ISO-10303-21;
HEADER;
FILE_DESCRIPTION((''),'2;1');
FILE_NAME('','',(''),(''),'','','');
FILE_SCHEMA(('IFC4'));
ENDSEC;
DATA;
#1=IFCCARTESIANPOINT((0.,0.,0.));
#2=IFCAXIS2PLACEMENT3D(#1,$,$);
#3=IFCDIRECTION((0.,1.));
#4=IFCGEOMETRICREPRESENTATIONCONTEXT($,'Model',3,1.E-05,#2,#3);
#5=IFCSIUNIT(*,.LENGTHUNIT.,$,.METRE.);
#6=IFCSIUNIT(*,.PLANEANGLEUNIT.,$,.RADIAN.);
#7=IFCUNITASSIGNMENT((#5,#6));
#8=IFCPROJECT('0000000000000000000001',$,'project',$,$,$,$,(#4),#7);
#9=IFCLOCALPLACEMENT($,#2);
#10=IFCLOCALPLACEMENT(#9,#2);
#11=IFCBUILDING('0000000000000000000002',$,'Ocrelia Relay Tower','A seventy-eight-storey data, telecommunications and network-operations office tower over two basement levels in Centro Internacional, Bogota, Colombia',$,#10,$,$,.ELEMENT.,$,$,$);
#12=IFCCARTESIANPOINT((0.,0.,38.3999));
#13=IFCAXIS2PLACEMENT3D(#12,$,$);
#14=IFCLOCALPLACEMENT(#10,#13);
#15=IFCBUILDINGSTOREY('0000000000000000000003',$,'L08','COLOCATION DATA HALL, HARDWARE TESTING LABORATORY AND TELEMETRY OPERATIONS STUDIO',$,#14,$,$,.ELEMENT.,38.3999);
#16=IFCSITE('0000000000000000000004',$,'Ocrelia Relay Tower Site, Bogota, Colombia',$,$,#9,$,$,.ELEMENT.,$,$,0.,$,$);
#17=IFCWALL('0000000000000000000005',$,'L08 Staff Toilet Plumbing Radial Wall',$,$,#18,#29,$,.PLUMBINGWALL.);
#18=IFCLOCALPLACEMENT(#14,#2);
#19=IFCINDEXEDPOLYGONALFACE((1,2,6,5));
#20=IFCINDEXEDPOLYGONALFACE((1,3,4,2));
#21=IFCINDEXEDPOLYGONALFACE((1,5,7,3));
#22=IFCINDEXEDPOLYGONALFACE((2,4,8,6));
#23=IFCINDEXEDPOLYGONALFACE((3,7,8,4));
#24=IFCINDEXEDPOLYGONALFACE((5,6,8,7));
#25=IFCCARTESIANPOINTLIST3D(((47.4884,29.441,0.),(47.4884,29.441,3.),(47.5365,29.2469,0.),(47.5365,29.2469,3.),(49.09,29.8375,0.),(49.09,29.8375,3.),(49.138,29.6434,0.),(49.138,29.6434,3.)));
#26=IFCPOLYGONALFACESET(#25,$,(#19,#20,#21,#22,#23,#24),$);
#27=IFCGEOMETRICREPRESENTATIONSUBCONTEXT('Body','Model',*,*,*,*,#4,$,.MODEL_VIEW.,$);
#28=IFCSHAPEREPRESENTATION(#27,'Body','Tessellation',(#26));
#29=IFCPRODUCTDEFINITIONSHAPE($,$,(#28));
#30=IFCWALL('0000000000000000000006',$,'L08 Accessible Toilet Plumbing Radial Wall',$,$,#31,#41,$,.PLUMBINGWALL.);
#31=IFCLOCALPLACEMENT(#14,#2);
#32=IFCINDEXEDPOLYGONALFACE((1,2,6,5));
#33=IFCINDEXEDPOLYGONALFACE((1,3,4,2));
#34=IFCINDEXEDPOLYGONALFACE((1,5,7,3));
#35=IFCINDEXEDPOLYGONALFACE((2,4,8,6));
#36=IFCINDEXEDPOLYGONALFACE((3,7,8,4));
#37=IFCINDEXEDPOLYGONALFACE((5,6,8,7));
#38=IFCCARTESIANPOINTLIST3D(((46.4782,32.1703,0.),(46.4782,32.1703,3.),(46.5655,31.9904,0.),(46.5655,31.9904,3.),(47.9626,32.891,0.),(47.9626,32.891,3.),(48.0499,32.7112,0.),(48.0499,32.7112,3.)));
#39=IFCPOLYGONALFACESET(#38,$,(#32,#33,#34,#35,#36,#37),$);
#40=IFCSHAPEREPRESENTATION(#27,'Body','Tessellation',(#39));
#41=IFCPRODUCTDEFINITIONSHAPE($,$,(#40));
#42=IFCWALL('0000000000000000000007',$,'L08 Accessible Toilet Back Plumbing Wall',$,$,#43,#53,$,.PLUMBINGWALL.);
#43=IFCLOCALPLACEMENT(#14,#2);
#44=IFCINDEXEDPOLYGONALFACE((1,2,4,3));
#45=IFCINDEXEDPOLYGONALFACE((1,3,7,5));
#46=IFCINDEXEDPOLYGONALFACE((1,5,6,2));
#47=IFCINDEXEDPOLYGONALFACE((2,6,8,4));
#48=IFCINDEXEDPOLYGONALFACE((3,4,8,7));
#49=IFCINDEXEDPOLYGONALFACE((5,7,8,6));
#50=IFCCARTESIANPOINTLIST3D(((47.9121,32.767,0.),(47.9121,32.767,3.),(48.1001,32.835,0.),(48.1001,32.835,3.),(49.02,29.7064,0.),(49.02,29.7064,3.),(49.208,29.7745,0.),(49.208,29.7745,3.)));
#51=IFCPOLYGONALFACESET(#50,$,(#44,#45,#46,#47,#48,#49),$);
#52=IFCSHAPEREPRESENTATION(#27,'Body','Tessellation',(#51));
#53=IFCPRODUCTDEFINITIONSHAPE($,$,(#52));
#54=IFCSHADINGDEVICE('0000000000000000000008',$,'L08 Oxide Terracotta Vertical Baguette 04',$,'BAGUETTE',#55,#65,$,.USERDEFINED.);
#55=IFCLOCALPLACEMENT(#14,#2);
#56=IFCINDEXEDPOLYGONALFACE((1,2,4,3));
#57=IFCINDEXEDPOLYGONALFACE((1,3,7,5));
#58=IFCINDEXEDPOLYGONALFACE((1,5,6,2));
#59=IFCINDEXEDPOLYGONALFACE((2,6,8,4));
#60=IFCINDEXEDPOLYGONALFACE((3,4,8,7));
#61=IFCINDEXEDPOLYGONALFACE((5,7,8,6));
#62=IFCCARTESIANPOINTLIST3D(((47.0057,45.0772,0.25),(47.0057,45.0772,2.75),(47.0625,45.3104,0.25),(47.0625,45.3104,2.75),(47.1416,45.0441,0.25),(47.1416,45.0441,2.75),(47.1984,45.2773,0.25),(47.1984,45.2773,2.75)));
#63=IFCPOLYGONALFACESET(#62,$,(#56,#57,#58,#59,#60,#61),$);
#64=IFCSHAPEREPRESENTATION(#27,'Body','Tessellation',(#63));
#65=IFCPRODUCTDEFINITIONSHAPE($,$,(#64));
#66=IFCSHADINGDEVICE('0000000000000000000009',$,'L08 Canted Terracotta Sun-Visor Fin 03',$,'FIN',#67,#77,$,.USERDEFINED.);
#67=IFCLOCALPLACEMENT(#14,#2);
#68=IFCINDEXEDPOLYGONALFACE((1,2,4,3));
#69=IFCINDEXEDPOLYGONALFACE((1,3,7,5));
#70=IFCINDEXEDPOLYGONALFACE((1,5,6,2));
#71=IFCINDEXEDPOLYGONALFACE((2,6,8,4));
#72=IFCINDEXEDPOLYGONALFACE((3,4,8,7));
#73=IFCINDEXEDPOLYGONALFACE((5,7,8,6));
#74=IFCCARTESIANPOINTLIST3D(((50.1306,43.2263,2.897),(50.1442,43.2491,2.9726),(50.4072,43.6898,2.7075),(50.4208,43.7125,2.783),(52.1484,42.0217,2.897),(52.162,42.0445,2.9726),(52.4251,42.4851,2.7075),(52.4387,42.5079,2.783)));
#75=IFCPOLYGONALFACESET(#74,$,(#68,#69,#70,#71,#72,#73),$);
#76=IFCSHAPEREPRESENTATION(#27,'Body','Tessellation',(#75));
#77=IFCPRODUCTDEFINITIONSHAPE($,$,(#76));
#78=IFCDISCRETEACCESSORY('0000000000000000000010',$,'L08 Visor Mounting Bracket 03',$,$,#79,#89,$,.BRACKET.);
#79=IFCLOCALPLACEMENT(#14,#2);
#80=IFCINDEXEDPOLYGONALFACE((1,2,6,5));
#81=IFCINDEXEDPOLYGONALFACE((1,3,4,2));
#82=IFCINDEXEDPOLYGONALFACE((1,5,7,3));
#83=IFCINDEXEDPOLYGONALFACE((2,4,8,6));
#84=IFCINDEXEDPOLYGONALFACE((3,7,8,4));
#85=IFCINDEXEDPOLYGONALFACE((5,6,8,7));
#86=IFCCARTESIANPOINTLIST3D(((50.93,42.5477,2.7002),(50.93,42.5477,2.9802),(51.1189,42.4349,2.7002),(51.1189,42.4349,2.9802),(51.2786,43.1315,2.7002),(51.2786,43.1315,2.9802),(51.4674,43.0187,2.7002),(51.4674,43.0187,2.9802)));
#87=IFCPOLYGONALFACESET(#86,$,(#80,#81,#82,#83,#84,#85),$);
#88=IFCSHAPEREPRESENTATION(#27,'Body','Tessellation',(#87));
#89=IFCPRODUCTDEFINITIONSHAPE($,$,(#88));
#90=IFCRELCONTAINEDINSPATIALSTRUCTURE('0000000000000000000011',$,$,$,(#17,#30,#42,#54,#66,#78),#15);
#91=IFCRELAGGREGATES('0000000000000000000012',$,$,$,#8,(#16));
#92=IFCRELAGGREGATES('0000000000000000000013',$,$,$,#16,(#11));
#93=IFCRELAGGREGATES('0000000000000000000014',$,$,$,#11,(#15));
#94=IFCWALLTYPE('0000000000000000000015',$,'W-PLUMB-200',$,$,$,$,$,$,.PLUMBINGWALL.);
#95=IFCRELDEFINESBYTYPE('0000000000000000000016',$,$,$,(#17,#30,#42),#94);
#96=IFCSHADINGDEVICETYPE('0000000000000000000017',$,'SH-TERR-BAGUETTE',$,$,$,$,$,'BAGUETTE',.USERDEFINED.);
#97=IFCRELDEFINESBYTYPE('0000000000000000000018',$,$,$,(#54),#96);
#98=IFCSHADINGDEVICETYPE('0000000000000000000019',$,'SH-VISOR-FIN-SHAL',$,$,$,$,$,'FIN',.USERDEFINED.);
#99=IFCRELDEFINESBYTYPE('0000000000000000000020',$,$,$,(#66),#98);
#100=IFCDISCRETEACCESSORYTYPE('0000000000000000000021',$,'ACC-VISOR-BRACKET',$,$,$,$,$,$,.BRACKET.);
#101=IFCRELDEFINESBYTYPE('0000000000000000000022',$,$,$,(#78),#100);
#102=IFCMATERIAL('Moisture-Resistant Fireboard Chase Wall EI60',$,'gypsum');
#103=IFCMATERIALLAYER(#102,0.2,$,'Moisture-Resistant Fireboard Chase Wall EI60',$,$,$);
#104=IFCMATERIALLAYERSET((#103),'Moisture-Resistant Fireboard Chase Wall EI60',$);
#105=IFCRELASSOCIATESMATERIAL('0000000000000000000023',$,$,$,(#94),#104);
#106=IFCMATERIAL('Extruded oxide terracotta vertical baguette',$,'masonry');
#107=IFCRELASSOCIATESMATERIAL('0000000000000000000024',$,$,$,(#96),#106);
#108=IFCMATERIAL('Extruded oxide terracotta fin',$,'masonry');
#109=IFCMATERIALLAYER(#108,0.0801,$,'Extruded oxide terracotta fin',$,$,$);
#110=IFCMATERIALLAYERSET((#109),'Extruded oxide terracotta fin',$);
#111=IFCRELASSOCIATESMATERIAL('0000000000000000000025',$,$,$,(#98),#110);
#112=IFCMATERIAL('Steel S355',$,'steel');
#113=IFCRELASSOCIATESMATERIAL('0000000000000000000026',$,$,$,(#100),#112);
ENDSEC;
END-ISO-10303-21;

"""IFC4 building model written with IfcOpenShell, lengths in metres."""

from ifc_helpers import new_model, si_unit, direction, frame, frame_2d, origin, origin_2d, place, context, subcontext, project, spatial, rectangle, extrude, material, layer, layer_set, type_object, element, save


model = new_model("IFC4")

# Units and contexts
model_context = context("Model", 3, precision=1e-05, world=origin(), true_north=direction((0.0, 1.0)))
body_context = subcontext(model_context, "Body", "Model", "MODEL_VIEW")
ifc_project = project(units=[si_unit("LENGTHUNIT", "METRE"), si_unit("PLANEANGLEUNIT", "RADIAN")], contexts=[model_context])

# Site, building, storey
site_placement = place(None, origin())
site = spatial("IfcSite", under=ifc_project, at=site_placement, Name="Ocrelia Relay Tower Site, Bogota, Colombia", CompositionType="ELEMENT", RefElevation=0.0)
building_placement = place(site_placement, origin())
building = spatial("IfcBuilding", under=site, at=building_placement, Name="Ocrelia Relay Tower", Description="A seventy-eight-storey data, telecommunications and network-operations office tower over two basement levels in Centro Internacional, Bogota, Colombia", CompositionType="ELEMENT")
storey_placement = place(building_placement, frame((0.0, 0.0, 38.3999)))
storey = spatial("IfcBuildingStorey", under=building, at=storey_placement, Name="L08", Description="COLOCATION DATA HALL, HARDWARE TESTING LABORATORY AND TELEMETRY OPERATIONS STUDIO", CompositionType="ELEMENT", Elevation=38.3999)

# Shared definitions
ifc_material_1 = material(Name="Steel S355", Category="steel")

# Walls
ifc_material_2 = material(Name="Moisture-Resistant Fireboard Chase Wall EI60", Category="gypsum")
ifc_layer_1 = layer(ifc_material_2, 0.2, Name="Moisture-Resistant Fireboard Chase Wall EI60")
ifc_layer_set_1 = layer_set([ifc_layer_1], Name="Moisture-Resistant Fireboard Chase Wall EI60")
wall_type_1 = type_object("IfcWallType", Name="W-PLUMB-200", PredefinedType="PLUMBINGWALL", material=ifc_layer_set_1)
wall_1_placement = place(storey_placement, frame((47.5125, 29.344, 0.0), z_axis=(0.0, 0.0, 1.0), x_axis=(0.970697, 0.240307, 0.0)))
element("IfcWall", 1, at=wall_1_placement, inside=storey, type_object=wall_type_1, Name="L08 Staff Toilet Plumbing Radial Wall", PredefinedType="PLUMBINGWALL", context=body_context, shape_type="SweptSolid", body=[
    extrude(rectangle(XDim=1.6499, YDim=0.2, at=frame_2d((0.825, 0.0))), origin(), (0.0, 0.0, 1.0), 3.0),
])
wall_2_placement = place(storey_placement, frame((46.5217, 32.0803, 0.0), z_axis=(0.0, 0.0, 1.0), x_axis=(0.899575, 0.436767, 0.0)))
element("IfcWall", 2, at=wall_2_placement, inside=storey, type_object=wall_type_1, Name="L08 Accessible Toilet Plumbing Radial Wall", PredefinedType="PLUMBINGWALL", context=body_context, shape_type="SweptSolid", body=[
    extrude(rectangle(XDim=1.6501, YDim=0.2, at=frame_2d((0.8252, 0.0))), origin(), (0.0, 0.0, 1.0), 3.0),
])
wall_3_placement = place(storey_placement, frame((49.114, 29.7405, 0.0), z_axis=(0.0, 0.0, 1.0), x_axis=(-0.340382, 0.940287, 0.0)))
element("IfcWall", 3, at=wall_3_placement, inside=storey, type_object=wall_type_1, Name="L08 Accessible Toilet Back Plumbing Wall", PredefinedType="PLUMBINGWALL", context=body_context, shape_type="SweptSolid", body=[
    extrude(rectangle(XDim=3.2549, YDim=0.2, at=frame_2d((1.6274, 0.0))), origin(), (0.0, 0.0, 1.0), 3.0),
])

# Shading devices
ifc_material_3 = material(Name="Extruded oxide terracotta vertical baguette", Category="masonry")
shading_device_type_1 = type_object("IfcShadingDeviceType", Name="SH-TERR-BAGUETTE", ElementType="BAGUETTE", PredefinedType="USERDEFINED", material=ifc_material_3)
shading_device_1_placement = place(storey_placement, frame((47.1021, 45.1772, 0.25), z_axis=(0.0, 0.0, 1.0), x_axis=(-0.971625, 0.236528, 0.0)))
element("IfcShadingDevice", 4, at=shading_device_1_placement, inside=storey, type_object=shading_device_type_1, Name="L08 Oxide Terracotta Vertical Baguette 04", ObjectType="BAGUETTE", PredefinedType="USERDEFINED", context=body_context, shape_type="SweptSolid", body=[
    extrude(rectangle(XDim=0.1399, YDim=0.24, at=origin_2d()), origin(), (0.0, 0.0, 1.0), 2.5),
])
ifc_material_4 = material(Name="Extruded oxide terracotta fin", Category="masonry")
ifc_layer_2 = layer(ifc_material_4, 0.0801, Name="Extruded oxide terracotta fin")
ifc_layer_set_2 = layer_set([ifc_layer_2], Name="Extruded oxide terracotta fin")
shading_device_type_2 = type_object("IfcShadingDeviceType", Name="SH-VISOR-FIN-SHAL", ElementType="FIN", PredefinedType="USERDEFINED", material=ifc_layer_set_2)
shading_device_2_placement = place(storey_placement, frame((51.2778, 42.8557, 2.8022), z_axis=(0.169846, 0.284494, 0.943512), x_axis=(-0.858623, 0.512608, 0.0)))
element("IfcShadingDevice", 5, at=shading_device_2_placement, inside=storey, type_object=shading_device_type_2, Name="L08 Canted Terracotta Sun-Visor Fin 03", ObjectType="FIN", PredefinedType="USERDEFINED", context=body_context, shape_type="SweptSolid", body=[
    extrude(rectangle(XDim=2.3501, YDim=0.572, at=origin_2d()), origin(), (0.0, 0.0, 1.0), 0.0801),
])

# Discrete accessory
discrete_accessory_type = type_object("IfcDiscreteAccessoryType", Name="ACC-VISOR-BRACKET", PredefinedType="BRACKET", material=ifc_material_1)
discrete_accessory_placement = place(storey_placement, frame((51.1987, 42.7832, 2.7002), z_axis=(0.0, 0.0, 1.0), x_axis=(-0.858623, 0.512608, 0.0)))
element("IfcDiscreteAccessory", 6, at=discrete_accessory_placement, inside=storey, type_object=discrete_accessory_type, Name="L08 Visor Mounting Bracket 03", PredefinedType="BRACKET", context=body_context, shape_type="SweptSolid", body=[
    extrude(rectangle(XDim=0.22, YDim=0.6799, at=origin_2d()), origin(), (0.0, 0.0, 1.0), 0.28),
])

save(model, "model.ifc")
